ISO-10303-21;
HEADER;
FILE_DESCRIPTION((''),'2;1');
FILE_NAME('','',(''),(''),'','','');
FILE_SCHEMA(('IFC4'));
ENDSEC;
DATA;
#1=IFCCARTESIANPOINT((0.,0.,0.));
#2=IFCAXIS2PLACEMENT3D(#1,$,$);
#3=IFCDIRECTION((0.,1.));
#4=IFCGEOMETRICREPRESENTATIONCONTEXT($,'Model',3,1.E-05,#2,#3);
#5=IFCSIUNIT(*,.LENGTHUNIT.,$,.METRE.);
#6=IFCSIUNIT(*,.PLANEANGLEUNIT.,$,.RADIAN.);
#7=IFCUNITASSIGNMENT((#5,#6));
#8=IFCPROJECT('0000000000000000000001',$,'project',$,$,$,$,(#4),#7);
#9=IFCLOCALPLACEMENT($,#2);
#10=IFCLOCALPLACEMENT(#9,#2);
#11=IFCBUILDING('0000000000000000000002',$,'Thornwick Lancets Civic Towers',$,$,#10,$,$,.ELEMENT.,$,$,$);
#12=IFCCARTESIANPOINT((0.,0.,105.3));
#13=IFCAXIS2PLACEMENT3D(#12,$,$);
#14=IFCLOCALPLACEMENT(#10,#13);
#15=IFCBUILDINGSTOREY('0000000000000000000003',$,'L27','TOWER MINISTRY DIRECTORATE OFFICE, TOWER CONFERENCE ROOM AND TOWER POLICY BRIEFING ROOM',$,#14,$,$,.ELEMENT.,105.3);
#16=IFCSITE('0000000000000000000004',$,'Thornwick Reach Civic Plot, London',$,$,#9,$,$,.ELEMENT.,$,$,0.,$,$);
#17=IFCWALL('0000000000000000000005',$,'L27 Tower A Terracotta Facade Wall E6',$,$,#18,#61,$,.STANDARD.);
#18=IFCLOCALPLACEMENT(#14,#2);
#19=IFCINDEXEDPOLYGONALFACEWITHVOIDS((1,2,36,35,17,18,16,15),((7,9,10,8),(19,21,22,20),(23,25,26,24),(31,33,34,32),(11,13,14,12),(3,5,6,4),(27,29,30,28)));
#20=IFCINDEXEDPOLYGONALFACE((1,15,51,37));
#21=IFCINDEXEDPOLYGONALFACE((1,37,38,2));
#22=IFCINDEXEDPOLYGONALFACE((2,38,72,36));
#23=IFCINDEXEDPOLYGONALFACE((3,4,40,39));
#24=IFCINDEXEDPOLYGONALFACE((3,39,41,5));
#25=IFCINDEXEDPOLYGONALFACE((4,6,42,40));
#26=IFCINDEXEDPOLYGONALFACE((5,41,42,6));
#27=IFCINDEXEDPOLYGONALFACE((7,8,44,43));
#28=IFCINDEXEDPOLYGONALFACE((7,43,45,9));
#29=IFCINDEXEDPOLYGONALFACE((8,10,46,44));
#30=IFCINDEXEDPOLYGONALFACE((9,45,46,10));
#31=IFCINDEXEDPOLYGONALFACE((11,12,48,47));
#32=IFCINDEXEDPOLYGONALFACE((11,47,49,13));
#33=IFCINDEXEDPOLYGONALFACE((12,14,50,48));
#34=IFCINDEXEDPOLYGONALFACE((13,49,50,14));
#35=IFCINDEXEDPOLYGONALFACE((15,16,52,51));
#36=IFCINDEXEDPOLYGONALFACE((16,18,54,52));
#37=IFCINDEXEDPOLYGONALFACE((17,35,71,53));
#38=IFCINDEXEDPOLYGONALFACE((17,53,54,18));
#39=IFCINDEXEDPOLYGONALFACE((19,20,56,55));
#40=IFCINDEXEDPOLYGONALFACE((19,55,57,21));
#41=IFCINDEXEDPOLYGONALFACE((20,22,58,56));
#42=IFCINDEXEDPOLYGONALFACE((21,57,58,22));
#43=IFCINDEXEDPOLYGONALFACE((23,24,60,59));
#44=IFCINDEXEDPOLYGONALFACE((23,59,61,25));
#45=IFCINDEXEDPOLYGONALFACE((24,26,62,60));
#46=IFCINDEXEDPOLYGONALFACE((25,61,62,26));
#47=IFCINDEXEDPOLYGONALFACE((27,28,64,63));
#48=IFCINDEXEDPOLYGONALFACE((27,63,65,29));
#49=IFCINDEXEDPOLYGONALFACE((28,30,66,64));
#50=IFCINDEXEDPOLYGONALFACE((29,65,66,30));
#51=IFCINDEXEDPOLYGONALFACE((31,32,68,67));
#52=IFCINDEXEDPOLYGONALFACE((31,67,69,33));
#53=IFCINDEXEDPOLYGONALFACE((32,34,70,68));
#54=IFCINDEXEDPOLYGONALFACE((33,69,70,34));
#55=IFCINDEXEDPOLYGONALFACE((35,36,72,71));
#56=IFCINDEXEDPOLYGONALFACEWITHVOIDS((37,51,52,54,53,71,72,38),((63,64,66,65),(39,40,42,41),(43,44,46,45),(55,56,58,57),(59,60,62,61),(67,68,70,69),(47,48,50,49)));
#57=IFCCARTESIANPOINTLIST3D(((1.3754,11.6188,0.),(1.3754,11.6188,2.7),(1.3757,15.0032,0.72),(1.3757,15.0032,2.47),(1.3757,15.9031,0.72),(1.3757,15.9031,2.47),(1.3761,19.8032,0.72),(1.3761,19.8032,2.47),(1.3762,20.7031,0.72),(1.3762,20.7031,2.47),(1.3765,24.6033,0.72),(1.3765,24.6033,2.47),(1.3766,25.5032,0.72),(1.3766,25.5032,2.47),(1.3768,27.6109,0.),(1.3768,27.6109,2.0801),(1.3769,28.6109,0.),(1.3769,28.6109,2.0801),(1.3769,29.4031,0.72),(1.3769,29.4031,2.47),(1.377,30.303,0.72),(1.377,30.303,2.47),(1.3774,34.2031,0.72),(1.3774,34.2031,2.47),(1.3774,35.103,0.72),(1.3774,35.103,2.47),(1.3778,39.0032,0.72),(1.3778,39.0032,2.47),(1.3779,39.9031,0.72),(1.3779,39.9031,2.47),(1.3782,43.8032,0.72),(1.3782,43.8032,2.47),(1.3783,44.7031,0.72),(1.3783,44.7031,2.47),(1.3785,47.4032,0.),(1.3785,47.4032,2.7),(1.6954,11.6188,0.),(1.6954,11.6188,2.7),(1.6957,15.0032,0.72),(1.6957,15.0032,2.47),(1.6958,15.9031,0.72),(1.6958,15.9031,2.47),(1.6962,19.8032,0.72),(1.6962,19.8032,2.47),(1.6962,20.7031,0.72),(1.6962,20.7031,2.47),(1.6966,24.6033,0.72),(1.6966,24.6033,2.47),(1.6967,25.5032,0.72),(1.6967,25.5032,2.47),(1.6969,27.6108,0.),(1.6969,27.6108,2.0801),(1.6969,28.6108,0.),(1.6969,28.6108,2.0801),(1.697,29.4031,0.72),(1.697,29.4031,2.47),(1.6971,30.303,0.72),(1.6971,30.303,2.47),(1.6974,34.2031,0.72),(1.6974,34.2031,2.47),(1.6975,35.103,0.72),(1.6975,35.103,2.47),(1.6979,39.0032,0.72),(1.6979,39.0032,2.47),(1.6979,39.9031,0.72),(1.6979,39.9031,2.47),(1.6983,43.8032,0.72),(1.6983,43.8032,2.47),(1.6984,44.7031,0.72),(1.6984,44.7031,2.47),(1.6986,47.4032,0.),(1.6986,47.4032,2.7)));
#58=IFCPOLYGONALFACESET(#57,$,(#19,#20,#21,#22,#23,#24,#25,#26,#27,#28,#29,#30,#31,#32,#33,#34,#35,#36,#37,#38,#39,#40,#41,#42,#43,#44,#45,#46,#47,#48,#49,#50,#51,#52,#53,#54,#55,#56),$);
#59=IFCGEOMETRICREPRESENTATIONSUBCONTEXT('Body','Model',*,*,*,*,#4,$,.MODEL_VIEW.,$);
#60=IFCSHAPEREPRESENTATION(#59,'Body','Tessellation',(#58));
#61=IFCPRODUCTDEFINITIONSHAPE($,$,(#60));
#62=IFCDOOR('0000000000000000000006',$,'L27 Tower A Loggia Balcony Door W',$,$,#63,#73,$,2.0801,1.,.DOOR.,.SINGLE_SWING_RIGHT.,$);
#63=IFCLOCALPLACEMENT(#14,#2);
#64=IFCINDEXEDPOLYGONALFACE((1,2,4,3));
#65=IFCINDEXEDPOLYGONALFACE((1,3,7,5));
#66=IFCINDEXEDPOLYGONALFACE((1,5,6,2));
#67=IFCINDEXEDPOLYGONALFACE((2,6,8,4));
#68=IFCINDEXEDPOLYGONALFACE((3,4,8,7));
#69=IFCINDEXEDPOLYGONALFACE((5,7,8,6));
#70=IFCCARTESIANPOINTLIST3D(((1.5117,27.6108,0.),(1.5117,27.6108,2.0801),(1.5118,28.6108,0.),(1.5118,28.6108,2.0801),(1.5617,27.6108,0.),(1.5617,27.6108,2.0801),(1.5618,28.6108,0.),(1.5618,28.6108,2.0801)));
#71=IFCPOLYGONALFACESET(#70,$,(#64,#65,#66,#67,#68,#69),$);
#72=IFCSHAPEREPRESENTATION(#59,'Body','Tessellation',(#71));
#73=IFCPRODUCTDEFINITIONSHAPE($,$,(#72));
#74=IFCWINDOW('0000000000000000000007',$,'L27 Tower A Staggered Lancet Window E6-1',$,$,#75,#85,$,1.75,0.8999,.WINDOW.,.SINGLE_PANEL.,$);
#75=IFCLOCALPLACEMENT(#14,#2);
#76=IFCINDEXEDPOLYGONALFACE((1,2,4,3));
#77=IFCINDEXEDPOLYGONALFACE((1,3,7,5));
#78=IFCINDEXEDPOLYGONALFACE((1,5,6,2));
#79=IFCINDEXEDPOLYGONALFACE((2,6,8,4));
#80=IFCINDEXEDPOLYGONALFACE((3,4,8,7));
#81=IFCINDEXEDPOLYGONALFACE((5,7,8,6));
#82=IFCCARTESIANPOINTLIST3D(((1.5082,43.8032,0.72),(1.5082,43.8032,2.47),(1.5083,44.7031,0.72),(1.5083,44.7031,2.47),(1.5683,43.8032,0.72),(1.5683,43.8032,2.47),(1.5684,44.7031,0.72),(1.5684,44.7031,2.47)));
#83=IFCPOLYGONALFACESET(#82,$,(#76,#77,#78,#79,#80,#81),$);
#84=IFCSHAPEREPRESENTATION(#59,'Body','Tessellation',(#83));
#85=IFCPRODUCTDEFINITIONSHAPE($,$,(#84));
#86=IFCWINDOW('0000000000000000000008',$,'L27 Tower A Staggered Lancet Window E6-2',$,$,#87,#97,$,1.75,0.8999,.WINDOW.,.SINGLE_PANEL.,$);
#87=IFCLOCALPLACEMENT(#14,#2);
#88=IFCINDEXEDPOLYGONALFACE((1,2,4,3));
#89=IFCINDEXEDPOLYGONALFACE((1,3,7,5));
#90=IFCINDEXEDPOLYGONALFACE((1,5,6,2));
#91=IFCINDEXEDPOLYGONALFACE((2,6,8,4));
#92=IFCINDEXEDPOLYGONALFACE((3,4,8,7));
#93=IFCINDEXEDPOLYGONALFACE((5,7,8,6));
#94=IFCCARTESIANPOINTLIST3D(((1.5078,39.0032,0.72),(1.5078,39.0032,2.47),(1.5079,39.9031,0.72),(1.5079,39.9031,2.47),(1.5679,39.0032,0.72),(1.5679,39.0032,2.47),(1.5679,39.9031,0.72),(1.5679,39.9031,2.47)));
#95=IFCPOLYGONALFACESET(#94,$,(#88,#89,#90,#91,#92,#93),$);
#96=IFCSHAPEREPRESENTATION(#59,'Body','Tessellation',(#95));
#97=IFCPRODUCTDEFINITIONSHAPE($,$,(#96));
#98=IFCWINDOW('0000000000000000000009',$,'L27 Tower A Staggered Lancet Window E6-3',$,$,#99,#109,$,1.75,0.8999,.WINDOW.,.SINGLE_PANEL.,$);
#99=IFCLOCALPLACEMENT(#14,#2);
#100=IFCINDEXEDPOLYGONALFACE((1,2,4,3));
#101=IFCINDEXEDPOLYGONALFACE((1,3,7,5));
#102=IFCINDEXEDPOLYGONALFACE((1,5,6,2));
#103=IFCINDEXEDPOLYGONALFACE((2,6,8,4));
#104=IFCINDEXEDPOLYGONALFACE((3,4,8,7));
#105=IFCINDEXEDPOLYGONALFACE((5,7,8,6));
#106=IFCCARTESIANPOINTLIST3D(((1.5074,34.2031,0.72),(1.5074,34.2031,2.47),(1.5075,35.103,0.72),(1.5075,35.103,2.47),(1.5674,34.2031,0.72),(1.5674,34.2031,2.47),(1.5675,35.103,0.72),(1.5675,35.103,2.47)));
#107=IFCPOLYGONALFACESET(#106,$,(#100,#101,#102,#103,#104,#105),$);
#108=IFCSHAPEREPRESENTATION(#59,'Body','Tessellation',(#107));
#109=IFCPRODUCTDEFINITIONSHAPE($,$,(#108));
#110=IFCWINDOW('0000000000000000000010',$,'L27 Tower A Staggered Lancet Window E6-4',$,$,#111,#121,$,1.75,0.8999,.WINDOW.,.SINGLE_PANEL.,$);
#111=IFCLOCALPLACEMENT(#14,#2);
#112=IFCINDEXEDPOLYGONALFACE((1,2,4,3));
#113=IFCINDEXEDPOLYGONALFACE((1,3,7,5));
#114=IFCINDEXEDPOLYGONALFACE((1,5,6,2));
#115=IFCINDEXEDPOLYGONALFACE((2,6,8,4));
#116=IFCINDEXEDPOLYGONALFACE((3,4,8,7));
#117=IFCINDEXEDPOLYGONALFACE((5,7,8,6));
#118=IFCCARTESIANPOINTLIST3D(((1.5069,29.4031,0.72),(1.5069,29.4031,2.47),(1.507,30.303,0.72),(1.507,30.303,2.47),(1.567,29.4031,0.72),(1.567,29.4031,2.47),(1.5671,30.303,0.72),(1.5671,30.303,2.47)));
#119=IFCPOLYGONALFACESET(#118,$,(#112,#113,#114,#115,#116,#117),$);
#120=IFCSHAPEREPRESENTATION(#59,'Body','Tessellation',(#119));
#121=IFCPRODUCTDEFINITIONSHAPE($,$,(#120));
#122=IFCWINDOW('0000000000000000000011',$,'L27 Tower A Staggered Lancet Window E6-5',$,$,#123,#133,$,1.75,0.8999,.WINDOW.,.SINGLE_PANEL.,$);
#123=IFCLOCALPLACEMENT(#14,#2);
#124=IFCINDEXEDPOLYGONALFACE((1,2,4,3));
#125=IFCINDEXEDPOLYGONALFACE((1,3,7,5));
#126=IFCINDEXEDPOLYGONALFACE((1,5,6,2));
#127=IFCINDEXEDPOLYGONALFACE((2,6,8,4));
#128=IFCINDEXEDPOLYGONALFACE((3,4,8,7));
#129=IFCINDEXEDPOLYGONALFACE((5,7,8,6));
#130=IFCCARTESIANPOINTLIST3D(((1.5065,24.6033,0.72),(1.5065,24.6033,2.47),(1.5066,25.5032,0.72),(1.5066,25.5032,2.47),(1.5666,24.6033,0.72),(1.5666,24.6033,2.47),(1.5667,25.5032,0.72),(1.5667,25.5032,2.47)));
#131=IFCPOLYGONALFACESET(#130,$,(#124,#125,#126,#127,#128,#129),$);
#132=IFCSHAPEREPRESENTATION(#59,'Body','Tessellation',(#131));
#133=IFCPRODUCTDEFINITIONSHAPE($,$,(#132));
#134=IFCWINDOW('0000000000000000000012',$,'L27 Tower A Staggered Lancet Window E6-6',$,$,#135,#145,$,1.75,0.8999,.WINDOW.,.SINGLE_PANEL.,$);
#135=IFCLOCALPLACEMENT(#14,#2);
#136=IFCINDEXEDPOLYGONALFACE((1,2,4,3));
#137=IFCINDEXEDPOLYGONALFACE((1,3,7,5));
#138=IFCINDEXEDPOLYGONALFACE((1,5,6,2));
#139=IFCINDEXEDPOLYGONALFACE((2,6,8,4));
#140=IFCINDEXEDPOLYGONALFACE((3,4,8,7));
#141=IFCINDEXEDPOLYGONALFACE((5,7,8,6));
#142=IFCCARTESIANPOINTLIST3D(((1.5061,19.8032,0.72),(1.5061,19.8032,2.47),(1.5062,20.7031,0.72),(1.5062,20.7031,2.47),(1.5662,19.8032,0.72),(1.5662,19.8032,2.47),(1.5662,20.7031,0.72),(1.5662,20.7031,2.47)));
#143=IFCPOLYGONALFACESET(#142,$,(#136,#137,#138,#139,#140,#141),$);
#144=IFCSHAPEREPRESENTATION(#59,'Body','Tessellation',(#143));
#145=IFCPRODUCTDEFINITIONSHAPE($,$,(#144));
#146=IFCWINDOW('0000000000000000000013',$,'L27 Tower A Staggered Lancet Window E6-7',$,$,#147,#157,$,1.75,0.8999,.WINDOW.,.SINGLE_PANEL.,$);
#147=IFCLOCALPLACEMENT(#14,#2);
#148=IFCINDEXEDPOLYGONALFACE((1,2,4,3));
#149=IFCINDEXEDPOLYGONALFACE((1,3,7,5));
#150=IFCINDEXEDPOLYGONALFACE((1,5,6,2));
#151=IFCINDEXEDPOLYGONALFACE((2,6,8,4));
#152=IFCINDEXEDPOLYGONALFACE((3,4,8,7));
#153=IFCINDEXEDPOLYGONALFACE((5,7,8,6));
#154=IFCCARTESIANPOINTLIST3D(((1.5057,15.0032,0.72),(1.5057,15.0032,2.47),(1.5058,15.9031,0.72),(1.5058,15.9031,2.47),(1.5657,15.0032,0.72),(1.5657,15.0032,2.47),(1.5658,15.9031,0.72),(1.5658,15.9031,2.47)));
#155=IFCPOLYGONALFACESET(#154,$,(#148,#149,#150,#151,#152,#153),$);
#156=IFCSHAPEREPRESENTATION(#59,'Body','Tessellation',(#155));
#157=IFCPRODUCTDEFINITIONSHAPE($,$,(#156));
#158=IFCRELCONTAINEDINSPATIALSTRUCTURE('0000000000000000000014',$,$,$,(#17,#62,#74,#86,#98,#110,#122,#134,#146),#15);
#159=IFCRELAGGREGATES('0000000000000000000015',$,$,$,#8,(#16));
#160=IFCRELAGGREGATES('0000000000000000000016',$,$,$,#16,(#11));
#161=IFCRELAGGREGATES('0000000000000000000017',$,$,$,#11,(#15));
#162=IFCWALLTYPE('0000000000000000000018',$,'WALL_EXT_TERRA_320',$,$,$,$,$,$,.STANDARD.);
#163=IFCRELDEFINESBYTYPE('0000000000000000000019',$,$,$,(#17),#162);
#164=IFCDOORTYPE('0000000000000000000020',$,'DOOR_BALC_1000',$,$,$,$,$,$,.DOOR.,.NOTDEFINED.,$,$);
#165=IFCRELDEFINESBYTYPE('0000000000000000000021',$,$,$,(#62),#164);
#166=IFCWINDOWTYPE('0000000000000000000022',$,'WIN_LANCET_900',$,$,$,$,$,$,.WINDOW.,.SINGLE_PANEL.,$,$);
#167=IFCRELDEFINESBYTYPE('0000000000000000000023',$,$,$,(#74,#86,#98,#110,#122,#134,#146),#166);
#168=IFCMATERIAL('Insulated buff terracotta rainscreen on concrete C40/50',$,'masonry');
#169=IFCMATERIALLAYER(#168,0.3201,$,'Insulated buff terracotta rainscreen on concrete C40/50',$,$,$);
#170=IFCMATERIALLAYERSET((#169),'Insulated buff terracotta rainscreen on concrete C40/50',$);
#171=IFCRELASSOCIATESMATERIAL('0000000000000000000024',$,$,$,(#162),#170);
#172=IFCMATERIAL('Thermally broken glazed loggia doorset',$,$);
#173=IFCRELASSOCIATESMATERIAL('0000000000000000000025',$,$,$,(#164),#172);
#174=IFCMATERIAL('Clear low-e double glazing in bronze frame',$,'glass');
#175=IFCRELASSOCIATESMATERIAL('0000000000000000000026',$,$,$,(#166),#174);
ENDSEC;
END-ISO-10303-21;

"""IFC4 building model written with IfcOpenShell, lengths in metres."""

from ifc_helpers import new_model, si_unit, direction, frame, frame_2d, origin, place, context, subcontext, project, spatial, rectangle, extrude, material, layer, layer_set, type_object, element, fill, save


model = new_model("IFC4")

# Units and contexts
model_context = context("Model", 3, precision=1e-05, world=origin(), true_north=direction((0.0, 1.0)))
body_context = subcontext(model_context, "Body", "Model", "MODEL_VIEW")
ifc_project = project(units=[si_unit("LENGTHUNIT", "METRE"), si_unit("PLANEANGLEUNIT", "RADIAN")], contexts=[model_context])

# Site, building, storey
site_placement = place(None, origin())
site = spatial("IfcSite", under=ifc_project, at=site_placement, Name="Thornwick Reach Civic Plot, London", CompositionType="ELEMENT", RefElevation=0.0)
building_placement = place(site_placement, origin())
building = spatial("IfcBuilding", under=site, at=building_placement, Name="Thornwick Lancets Civic Towers", CompositionType="ELEMENT")
storey_placement = place(building_placement, frame((0.0, 0.0, 105.3)))
storey = spatial("IfcBuildingStorey", under=building, at=storey_placement, Name="L27", Description="TOWER MINISTRY DIRECTORATE OFFICE, TOWER CONFERENCE ROOM AND TOWER POLICY BRIEFING ROOM", CompositionType="ELEMENT", Elevation=105.3)

# Wall, openings, door, windows
ifc_material_1 = material(Name="Insulated buff terracotta rainscreen on concrete C40/50", Category="masonry")
ifc_layer_1 = layer(ifc_material_1, 0.3201, Name="Insulated buff terracotta rainscreen on concrete C40/50")
ifc_layer_set_1 = layer_set([ifc_layer_1], Name="Insulated buff terracotta rainscreen on concrete C40/50")
wall_type_1 = type_object("IfcWallType", Name="WALL_EXT_TERRA_320", PredefinedType="STANDARD", material=ifc_layer_set_1)
wall_1_placement = place(storey_placement, frame((1.5386, 47.4031, 0.0), z_axis=(0.0, 0.0, 1.0), x_axis=(-0.000089, -1.0, 0.0)))
wall_1 = element("IfcWall", 1, at=wall_1_placement, inside=storey, type_object=wall_type_1, Name="L27 Tower A Terracotta Facade Wall E6", PredefinedType="STANDARD", context=body_context, shape_type="SweptSolid", body=[
    extrude(rectangle(XDim=35.7844, YDim=0.3201, at=frame_2d((17.8921, 0.0))), origin(), (0.0, 0.0, 1.0), 2.7),
])
opening_1_placement = place(wall_1_placement, frame((18.7922, 0.0, 0.0)))
opening_1 = element("IfcOpeningElement", 2, at=opening_1_placement, cuts=wall_1, PredefinedType="OPENING", context=body_context, shape_type="SweptSolid", body=[
    extrude(rectangle(XDim=1.0, YDim=2.0801, at=frame_2d((0.5, 1.04))), frame((0.0, 0.1699, 0.0), z_axis=(0.0, -1.0, 0.0), x_axis=(1.0, 0.0, 0.0)), (0.0, 0.0, 1.0), 0.3401),
])
opening_2_placement = place(wall_1_placement, frame((2.7, 0.0, 0.72)))
opening_2 = element("IfcOpeningElement", 3, at=opening_2_placement, cuts=wall_1, PredefinedType="OPENING", context=body_context, shape_type="SweptSolid", body=[
    extrude(rectangle(XDim=0.8999, YDim=1.75, at=frame_2d((0.45, 0.875))), frame((0.0, 0.1699, 0.0), z_axis=(0.0, -1.0, 0.0), x_axis=(1.0, 0.0, 0.0)), (0.0, 0.0, 1.0), 0.3401),
])
opening_3_placement = place(wall_1_placement, frame((7.5, 0.0, 0.72)))
opening_3 = element("IfcOpeningElement", 4, at=opening_3_placement, cuts=wall_1, PredefinedType="OPENING", context=body_context, shape_type="SweptSolid", body=[
    extrude(rectangle(XDim=0.8999, YDim=1.75, at=frame_2d((0.45, 0.875))), frame((0.0, 0.1699, 0.0), z_axis=(0.0, -1.0, 0.0), x_axis=(1.0, 0.0, 0.0)), (0.0, 0.0, 1.0), 0.3401),
])
opening_4_placement = place(wall_1_placement, frame((12.3, 0.0, 0.72)))
opening_4 = element("IfcOpeningElement", 5, at=opening_4_placement, cuts=wall_1, PredefinedType="OPENING", context=body_context, shape_type="SweptSolid", body=[
    extrude(rectangle(XDim=0.8999, YDim=1.75, at=frame_2d((0.45, 0.875))), frame((0.0, 0.1699, 0.0), z_axis=(0.0, -1.0, 0.0), x_axis=(1.0, 0.0, 0.0)), (0.0, 0.0, 1.0), 0.3401),
])
opening_5_placement = place(wall_1_placement, frame((17.1001, 0.0, 0.72)))
opening_5 = element("IfcOpeningElement", 6, at=opening_5_placement, cuts=wall_1, PredefinedType="OPENING", context=body_context, shape_type="SweptSolid", body=[
    extrude(rectangle(XDim=0.8999, YDim=1.75, at=frame_2d((0.45, 0.875))), frame((0.0, 0.1699, 0.0), z_axis=(0.0, -1.0, 0.0), x_axis=(1.0, 0.0, 0.0)), (0.0, 0.0, 1.0), 0.3401),
])
opening_6_placement = place(wall_1_placement, frame((21.8999, 0.0, 0.72)))
opening_6 = element("IfcOpeningElement", 7, at=opening_6_placement, cuts=wall_1, PredefinedType="OPENING", context=body_context, shape_type="SweptSolid", body=[
    extrude(rectangle(XDim=0.8999, YDim=1.75, at=frame_2d((0.45, 0.875))), frame((0.0, 0.1699, 0.0), z_axis=(0.0, -1.0, 0.0), x_axis=(1.0, 0.0, 0.0)), (0.0, 0.0, 1.0), 0.3401),
])
opening_7_placement = place(wall_1_placement, frame((26.7, 0.0, 0.72)))
opening_7 = element("IfcOpeningElement", 8, at=opening_7_placement, cuts=wall_1, PredefinedType="OPENING", context=body_context, shape_type="SweptSolid", body=[
    extrude(rectangle(XDim=0.8999, YDim=1.75, at=frame_2d((0.45, 0.875))), frame((0.0, 0.1699, 0.0), z_axis=(0.0, -1.0, 0.0), x_axis=(1.0, 0.0, 0.0)), (0.0, 0.0, 1.0), 0.3401),
])
opening_8_placement = place(wall_1_placement, frame((31.5, 0.0, 0.72)))
opening_8 = element("IfcOpeningElement", 9, at=opening_8_placement, cuts=wall_1, PredefinedType="OPENING", context=body_context, shape_type="SweptSolid", body=[
    extrude(rectangle(XDim=0.8999, YDim=1.75, at=frame_2d((0.45, 0.875))), frame((0.0, 0.1699, 0.0), z_axis=(0.0, -1.0, 0.0), x_axis=(1.0, 0.0, 0.0)), (0.0, 0.0, 1.0), 0.3401),
])
ifc_material_2 = material(Name="Thermally broken glazed loggia doorset")
door_type = type_object("IfcDoorType", Name="DOOR_BALC_1000", OperationType="NOTDEFINED", PredefinedType="DOOR", material=ifc_material_2)
door_placement = place(opening_1_placement, origin())
door = element("IfcDoor", 10, at=door_placement, inside=storey, type_object=door_type, Name="L27 Tower A Loggia Balcony Door W", OperationType="SINGLE_SWING_RIGHT", OverallHeight=2.0801, OverallWidth=1.0, PredefinedType="DOOR", context=body_context, shape_type="SweptSolid", body=[
    extrude(rectangle(XDim=1.0, YDim=2.0801, at=frame_2d((0.5, 1.04))), frame((0.0, 0.0249, 0.0), z_axis=(0.0, -1.0, 0.0), x_axis=(1.0, 0.0, 0.0)), (0.0, 0.0, 1.0), 0.05),
])
fill(opening_1, door)
ifc_material_3 = material(Name="Clear low-e double glazing in bronze frame", Category="glass")
window_type = type_object("IfcWindowType", Name="WIN_LANCET_900", PartitioningType="SINGLE_PANEL", PredefinedType="WINDOW", material=ifc_material_3)
window_1_placement = place(opening_2_placement, origin())
window_1 = element("IfcWindow", 11, at=window_1_placement, inside=storey, type_object=window_type, Name="L27 Tower A Staggered Lancet Window E6-1", OverallHeight=1.75, OverallWidth=0.8999, PartitioningType="SINGLE_PANEL", PredefinedType="WINDOW", context=body_context, shape_type="SweptSolid", body=[
    extrude(rectangle(XDim=0.8999, YDim=1.75, at=frame_2d((0.45, 0.875))), frame((0.0, 0.03, 0.0), z_axis=(0.0, -1.0, 0.0), x_axis=(1.0, 0.0, 0.0)), (0.0, 0.0, 1.0), 0.0601),
])
fill(opening_2, window_1)
window_2_placement = place(opening_3_placement, origin())
window_2 = element("IfcWindow", 12, at=window_2_placement, inside=storey, type_object=window_type, Name="L27 Tower A Staggered Lancet Window E6-2", OverallHeight=1.75, OverallWidth=0.8999, PartitioningType="SINGLE_PANEL", PredefinedType="WINDOW", context=body_context, shape_type="SweptSolid", body=[
    extrude(rectangle(XDim=0.8999, YDim=1.75, at=frame_2d((0.45, 0.875))), frame((0.0, 0.03, 0.0), z_axis=(0.0, -1.0, 0.0), x_axis=(1.0, 0.0, 0.0)), (0.0, 0.0, 1.0), 0.0601),
])
fill(opening_3, window_2)
window_3_placement = place(opening_4_placement, origin())
window_3 = element("IfcWindow", 13, at=window_3_placement, inside=storey, type_object=window_type, Name="L27 Tower A Staggered Lancet Window E6-3", OverallHeight=1.75, OverallWidth=0.8999, PartitioningType="SINGLE_PANEL", PredefinedType="WINDOW", context=body_context, shape_type="SweptSolid", body=[
    extrude(rectangle(XDim=0.8999, YDim=1.75, at=frame_2d((0.45, 0.875))), frame((0.0, 0.03, 0.0), z_axis=(0.0, -1.0, 0.0), x_axis=(1.0, 0.0, 0.0)), (0.0, 0.0, 1.0), 0.0601),
])
fill(opening_4, window_3)
window_4_placement = place(opening_5_placement, origin())
window_4 = element("IfcWindow", 14, at=window_4_placement, inside=storey, type_object=window_type, Name="L27 Tower A Staggered Lancet Window E6-4", OverallHeight=1.75, OverallWidth=0.8999, PartitioningType="SINGLE_PANEL", PredefinedType="WINDOW", context=body_context, shape_type="SweptSolid", body=[
    extrude(rectangle(XDim=0.8999, YDim=1.75, at=frame_2d((0.45, 0.875))), frame((0.0, 0.03, 0.0), z_axis=(0.0, -1.0, 0.0), x_axis=(1.0, 0.0, 0.0)), (0.0, 0.0, 1.0), 0.0601),
])
fill(opening_5, window_4)
window_5_placement = place(opening_6_placement, origin())
window_5 = element("IfcWindow", 15, at=window_5_placement, inside=storey, type_object=window_type, Name="L27 Tower A Staggered Lancet Window E6-5", OverallHeight=1.75, OverallWidth=0.8999, PartitioningType="SINGLE_PANEL", PredefinedType="WINDOW", context=body_context, shape_type="SweptSolid", body=[
    extrude(rectangle(XDim=0.8999, YDim=1.75, at=frame_2d((0.45, 0.875))), frame((0.0, 0.03, 0.0), z_axis=(0.0, -1.0, 0.0), x_axis=(1.0, 0.0, 0.0)), (0.0, 0.0, 1.0), 0.0601),
])
fill(opening_6, window_5)
window_6_placement = place(opening_7_placement, origin())
window_6 = element("IfcWindow", 16, at=window_6_placement, inside=storey, type_object=window_type, Name="L27 Tower A Staggered Lancet Window E6-6", OverallHeight=1.75, OverallWidth=0.8999, PartitioningType="SINGLE_PANEL", PredefinedType="WINDOW", context=body_context, shape_type="SweptSolid", body=[
    extrude(rectangle(XDim=0.8999, YDim=1.75, at=frame_2d((0.45, 0.875))), frame((0.0, 0.03, 0.0), z_axis=(0.0, -1.0, 0.0), x_axis=(1.0, 0.0, 0.0)), (0.0, 0.0, 1.0), 0.0601),
])
fill(opening_7, window_6)
window_7_placement = place(opening_8_placement, origin())
window_7 = element("IfcWindow", 17, at=window_7_placement, inside=storey, type_object=window_type, Name="L27 Tower A Staggered Lancet Window E6-7", OverallHeight=1.75, OverallWidth=0.8999, PartitioningType="SINGLE_PANEL", PredefinedType="WINDOW", context=body_context, shape_type="SweptSolid", body=[
    extrude(rectangle(XDim=0.8999, YDim=1.75, at=frame_2d((0.45, 0.875))), frame((0.0, 0.03, 0.0), z_axis=(0.0, -1.0, 0.0), x_axis=(1.0, 0.0, 0.0)), (0.0, 0.0, 1.0), 0.0601),
])
fill(opening_8, window_7)

save(model, "model.ifc")
